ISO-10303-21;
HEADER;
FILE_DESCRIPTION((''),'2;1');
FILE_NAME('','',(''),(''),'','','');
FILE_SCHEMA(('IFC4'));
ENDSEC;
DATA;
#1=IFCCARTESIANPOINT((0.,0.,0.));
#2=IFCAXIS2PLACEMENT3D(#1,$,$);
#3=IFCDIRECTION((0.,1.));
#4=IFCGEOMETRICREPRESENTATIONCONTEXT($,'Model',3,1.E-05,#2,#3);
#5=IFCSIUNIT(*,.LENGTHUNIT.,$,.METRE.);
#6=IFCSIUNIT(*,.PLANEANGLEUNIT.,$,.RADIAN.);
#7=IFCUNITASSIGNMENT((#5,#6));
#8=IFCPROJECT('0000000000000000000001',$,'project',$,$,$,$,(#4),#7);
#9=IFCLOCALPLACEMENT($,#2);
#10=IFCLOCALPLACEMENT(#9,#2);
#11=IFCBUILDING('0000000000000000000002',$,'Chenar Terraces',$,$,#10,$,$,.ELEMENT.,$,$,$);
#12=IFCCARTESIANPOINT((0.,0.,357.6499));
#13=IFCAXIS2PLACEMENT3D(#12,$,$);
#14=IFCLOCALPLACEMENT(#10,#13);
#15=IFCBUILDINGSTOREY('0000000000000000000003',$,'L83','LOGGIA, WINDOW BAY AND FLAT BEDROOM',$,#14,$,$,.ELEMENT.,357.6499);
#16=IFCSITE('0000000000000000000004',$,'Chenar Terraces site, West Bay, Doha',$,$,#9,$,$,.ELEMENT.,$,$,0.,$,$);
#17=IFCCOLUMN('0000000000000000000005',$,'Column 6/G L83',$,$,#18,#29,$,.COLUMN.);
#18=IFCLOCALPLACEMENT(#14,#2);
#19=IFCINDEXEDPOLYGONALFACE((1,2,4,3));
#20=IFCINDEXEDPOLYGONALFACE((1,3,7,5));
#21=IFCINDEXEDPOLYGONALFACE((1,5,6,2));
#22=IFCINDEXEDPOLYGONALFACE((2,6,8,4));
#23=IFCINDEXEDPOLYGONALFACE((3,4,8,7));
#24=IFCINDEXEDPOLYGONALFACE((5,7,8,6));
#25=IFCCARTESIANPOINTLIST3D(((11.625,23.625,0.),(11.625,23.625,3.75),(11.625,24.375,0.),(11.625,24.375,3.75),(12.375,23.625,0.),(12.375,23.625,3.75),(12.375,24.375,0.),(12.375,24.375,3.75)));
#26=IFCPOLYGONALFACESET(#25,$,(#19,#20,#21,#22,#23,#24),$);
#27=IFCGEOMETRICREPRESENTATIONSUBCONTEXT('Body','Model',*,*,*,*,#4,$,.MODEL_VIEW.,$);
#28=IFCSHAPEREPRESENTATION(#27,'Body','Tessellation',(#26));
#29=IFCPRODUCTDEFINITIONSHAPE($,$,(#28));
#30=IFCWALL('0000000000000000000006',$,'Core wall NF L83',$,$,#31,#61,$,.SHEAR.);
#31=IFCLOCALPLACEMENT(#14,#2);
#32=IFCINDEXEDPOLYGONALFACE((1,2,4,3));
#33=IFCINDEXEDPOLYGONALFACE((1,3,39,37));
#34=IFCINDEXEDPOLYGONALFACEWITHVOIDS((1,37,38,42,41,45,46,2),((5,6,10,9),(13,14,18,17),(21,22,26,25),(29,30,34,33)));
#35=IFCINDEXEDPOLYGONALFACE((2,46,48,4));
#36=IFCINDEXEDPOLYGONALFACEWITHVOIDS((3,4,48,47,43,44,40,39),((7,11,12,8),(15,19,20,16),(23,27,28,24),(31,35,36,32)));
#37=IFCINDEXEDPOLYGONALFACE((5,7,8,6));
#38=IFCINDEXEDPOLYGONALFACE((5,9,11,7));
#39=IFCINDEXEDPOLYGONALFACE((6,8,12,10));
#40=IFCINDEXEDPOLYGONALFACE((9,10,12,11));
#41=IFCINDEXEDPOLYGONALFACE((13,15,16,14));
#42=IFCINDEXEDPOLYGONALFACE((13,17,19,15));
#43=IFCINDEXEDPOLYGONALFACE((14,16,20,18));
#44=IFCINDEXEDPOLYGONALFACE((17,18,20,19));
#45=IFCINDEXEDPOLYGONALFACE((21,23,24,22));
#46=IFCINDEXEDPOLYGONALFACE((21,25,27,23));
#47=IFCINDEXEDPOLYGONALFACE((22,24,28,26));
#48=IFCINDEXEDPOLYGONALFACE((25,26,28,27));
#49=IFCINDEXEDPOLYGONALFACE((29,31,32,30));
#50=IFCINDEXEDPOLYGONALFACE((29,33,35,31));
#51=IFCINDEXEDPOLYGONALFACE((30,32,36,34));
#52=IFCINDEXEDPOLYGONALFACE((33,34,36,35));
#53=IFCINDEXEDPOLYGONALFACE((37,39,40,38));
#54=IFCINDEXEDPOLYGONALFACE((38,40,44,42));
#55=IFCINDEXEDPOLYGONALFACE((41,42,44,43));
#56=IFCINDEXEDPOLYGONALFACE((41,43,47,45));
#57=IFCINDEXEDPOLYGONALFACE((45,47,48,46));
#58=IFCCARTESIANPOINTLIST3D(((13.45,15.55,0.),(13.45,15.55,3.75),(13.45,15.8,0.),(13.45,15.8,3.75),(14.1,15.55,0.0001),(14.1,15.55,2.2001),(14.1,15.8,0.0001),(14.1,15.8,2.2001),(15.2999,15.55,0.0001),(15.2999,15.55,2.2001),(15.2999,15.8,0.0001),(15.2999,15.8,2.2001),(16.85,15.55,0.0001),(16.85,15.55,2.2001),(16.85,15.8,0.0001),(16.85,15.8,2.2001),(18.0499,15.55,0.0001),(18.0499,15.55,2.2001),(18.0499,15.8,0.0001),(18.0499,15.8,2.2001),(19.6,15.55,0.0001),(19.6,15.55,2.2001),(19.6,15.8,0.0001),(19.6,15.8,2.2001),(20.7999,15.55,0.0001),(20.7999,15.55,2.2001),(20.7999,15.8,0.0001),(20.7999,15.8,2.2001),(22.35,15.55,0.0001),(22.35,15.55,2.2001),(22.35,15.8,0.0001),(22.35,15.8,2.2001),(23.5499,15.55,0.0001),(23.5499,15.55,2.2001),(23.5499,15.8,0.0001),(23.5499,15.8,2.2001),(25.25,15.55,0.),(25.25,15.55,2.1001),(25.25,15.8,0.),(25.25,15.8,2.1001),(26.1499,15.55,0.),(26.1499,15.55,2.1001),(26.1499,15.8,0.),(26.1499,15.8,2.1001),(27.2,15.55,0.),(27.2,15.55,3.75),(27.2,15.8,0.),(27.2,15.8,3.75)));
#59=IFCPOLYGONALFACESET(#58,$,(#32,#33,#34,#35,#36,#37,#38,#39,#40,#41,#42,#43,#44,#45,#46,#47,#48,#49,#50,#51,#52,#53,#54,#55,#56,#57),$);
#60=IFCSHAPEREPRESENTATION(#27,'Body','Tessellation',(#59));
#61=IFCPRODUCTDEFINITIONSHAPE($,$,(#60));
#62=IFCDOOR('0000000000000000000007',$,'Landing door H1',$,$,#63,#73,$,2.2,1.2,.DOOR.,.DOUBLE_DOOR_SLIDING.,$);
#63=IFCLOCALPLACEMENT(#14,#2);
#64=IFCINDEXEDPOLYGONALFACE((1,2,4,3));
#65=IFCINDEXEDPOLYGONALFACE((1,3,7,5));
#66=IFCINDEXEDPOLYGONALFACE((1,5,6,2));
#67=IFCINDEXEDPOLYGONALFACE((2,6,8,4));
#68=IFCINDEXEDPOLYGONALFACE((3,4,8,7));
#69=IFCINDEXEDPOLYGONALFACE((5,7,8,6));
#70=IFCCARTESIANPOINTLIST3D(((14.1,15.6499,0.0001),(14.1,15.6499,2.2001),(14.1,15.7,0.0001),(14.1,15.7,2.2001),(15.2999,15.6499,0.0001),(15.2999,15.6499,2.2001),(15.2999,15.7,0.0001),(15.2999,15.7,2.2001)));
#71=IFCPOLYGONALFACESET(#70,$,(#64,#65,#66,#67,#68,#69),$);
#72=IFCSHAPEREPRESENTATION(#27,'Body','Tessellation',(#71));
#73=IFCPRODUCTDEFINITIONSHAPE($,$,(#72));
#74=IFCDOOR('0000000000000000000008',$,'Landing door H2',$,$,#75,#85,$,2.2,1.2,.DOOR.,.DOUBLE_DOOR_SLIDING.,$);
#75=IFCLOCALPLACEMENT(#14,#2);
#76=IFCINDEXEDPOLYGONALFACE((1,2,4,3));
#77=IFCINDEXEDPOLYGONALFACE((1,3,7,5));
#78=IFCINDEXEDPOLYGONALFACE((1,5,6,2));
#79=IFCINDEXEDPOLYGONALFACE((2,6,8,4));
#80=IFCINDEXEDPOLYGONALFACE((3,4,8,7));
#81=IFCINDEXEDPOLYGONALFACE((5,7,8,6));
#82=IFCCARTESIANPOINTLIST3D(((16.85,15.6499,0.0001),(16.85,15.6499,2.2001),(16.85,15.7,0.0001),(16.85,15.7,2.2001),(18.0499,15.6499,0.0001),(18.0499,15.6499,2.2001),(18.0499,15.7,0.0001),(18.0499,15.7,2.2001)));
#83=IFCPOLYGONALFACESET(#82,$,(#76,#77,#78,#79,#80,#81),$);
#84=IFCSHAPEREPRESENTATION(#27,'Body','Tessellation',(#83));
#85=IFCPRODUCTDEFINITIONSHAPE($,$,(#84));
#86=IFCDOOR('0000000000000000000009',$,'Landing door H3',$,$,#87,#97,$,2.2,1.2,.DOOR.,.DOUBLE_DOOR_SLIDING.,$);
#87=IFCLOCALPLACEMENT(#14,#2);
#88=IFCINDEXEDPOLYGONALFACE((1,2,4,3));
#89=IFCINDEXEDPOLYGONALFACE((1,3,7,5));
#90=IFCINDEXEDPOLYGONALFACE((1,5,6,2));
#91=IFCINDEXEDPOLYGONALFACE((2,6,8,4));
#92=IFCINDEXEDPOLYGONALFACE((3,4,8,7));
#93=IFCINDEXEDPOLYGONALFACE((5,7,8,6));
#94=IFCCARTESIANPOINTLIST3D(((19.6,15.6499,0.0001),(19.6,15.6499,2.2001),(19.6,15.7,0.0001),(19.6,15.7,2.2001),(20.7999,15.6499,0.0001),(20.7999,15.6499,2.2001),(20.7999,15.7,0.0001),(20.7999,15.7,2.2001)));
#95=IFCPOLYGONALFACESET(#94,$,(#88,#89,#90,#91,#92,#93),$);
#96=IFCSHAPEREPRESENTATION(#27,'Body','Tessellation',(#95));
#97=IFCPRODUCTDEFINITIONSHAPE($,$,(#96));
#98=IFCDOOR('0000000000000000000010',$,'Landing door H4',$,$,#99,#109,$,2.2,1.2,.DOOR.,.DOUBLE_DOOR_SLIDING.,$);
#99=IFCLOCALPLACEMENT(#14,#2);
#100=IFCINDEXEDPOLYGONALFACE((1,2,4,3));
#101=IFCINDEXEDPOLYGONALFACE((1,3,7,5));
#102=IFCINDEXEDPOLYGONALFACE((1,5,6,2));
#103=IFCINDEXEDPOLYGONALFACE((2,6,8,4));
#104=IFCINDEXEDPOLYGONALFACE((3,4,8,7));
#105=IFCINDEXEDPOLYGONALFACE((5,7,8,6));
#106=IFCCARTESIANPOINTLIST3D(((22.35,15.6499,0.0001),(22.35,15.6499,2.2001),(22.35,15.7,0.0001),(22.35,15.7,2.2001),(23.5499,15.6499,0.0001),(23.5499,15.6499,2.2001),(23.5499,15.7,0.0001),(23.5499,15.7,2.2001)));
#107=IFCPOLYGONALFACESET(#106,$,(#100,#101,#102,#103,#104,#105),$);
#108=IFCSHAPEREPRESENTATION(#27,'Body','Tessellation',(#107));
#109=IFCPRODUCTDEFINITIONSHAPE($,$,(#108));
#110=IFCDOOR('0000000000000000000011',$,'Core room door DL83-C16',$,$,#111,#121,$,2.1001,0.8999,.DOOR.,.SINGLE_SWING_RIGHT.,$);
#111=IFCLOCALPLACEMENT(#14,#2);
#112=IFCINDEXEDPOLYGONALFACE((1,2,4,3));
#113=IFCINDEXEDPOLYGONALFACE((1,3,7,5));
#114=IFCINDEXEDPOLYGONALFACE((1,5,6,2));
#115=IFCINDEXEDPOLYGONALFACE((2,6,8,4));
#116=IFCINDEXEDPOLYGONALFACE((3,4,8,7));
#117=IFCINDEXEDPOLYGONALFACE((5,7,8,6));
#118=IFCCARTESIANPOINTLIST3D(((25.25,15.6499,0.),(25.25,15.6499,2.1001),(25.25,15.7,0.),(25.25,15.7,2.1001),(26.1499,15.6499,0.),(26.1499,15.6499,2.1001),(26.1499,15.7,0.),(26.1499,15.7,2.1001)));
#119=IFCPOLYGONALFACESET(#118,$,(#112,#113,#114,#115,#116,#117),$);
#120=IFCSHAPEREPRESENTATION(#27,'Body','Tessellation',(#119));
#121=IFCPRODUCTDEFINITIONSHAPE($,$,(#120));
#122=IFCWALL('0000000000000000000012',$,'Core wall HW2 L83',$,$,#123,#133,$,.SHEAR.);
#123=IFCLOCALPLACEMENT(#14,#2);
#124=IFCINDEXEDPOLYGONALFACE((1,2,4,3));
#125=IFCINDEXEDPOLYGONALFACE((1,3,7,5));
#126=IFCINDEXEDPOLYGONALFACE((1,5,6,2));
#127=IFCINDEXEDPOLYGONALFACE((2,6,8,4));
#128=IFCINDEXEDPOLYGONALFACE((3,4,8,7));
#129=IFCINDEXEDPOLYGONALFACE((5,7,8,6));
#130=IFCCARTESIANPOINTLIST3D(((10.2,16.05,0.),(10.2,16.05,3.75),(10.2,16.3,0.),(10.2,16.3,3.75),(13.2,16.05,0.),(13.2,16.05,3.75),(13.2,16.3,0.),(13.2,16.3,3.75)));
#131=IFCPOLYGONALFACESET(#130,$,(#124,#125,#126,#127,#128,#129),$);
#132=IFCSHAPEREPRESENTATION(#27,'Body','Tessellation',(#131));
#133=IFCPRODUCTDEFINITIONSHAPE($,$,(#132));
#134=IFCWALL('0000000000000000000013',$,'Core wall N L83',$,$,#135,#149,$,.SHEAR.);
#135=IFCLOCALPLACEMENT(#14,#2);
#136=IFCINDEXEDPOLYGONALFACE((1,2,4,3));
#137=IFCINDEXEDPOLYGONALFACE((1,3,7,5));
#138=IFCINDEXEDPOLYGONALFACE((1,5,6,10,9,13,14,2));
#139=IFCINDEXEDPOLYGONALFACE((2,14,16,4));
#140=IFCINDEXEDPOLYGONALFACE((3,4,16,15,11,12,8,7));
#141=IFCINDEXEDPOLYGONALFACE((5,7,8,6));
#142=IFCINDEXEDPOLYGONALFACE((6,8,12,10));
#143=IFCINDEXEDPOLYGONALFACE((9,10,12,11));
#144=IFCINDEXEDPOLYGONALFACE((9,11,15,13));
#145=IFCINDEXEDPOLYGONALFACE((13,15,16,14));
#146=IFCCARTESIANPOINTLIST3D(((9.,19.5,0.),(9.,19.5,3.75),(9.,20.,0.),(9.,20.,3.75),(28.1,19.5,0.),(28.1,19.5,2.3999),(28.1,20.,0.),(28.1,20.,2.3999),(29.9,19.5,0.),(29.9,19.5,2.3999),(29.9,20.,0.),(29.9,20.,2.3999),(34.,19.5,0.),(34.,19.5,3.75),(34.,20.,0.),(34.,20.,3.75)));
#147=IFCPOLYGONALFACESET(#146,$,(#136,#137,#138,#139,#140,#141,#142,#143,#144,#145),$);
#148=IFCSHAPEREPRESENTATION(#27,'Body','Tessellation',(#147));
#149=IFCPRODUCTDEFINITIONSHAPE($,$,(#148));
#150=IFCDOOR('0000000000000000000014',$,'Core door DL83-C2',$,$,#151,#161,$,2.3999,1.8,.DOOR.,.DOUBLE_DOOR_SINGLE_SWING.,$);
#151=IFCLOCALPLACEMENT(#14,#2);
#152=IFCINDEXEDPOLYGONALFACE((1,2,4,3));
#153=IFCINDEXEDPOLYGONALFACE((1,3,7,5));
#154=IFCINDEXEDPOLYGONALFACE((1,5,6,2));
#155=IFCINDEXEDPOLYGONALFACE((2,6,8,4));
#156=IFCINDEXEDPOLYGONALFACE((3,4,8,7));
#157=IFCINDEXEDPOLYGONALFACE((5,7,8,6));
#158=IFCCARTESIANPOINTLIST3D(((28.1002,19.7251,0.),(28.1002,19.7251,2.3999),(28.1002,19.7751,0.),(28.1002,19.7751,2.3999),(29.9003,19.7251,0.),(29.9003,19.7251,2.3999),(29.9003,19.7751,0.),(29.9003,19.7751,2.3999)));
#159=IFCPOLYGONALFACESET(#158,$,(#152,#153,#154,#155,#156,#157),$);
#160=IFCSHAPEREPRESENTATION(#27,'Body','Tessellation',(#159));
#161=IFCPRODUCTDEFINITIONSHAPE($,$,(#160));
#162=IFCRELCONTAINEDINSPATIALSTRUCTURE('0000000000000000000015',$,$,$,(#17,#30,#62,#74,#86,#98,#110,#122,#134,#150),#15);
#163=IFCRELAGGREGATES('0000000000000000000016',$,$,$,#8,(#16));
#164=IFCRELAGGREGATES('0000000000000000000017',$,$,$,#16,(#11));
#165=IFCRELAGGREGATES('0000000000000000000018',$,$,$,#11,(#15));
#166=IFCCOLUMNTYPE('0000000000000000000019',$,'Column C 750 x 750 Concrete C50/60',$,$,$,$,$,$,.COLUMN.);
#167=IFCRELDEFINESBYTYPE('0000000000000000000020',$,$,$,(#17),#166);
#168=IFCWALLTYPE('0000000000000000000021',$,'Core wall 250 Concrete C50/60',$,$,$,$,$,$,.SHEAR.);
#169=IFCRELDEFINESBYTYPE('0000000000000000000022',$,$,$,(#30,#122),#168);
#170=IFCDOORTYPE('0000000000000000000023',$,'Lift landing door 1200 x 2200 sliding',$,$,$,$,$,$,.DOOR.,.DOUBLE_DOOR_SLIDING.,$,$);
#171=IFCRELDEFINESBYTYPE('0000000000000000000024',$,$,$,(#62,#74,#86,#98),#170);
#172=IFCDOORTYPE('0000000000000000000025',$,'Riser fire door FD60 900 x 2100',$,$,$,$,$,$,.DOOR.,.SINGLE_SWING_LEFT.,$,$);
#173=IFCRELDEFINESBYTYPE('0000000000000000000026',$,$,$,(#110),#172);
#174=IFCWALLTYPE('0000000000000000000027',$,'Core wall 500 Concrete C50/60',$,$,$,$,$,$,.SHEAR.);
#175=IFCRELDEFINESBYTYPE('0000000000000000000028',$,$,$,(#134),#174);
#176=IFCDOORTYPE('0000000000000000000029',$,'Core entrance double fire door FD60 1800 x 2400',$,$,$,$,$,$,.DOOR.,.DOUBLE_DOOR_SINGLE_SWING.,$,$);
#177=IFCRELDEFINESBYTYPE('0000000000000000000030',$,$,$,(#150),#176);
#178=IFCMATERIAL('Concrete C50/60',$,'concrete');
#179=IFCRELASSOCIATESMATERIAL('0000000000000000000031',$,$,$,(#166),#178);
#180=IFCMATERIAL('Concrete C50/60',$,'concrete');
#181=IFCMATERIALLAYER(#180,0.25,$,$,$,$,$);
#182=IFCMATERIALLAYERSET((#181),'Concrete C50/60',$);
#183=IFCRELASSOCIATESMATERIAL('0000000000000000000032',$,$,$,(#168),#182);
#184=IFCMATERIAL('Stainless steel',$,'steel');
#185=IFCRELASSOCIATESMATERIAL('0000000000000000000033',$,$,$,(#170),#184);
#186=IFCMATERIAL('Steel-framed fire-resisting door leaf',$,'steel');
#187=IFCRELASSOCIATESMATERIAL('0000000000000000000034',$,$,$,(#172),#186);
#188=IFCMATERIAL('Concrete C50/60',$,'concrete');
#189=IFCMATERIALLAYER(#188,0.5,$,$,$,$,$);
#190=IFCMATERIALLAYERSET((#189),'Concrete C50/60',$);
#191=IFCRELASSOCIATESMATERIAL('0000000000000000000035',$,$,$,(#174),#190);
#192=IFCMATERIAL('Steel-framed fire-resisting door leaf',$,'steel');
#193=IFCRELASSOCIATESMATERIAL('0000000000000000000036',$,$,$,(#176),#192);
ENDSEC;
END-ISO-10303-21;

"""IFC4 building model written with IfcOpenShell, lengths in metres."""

from ifc_helpers import new_model, si_unit, direction, frame, frame_2d, origin, origin_2d, place, context, subcontext, project, spatial, rectangle, extrude, material, layer, layer_set, material_profile, profile_set, type_object, element, fill, save


model = new_model("IFC4")

# Units and contexts
model_context = context("Model", 3, precision=1e-05, world=origin(), true_north=direction((0.0, 1.0)))
body_context = subcontext(model_context, "Body", "Model", "MODEL_VIEW")
ifc_project = project(units=[si_unit("LENGTHUNIT", "METRE"), si_unit("PLANEANGLEUNIT", "RADIAN")], contexts=[model_context])

# Site, building, storey
site_placement = place(None, origin())
site = spatial("IfcSite", under=ifc_project, at=site_placement, Name="Chenar Terraces site, West Bay, Doha", CompositionType="ELEMENT", RefElevation=0.0)
building_placement = place(site_placement, origin())
building = spatial("IfcBuilding", under=site, at=building_placement, Name="Chenar Terraces", CompositionType="ELEMENT")
storey_placement = place(building_placement, frame((0.0, 0.0, 357.6499)))
storey = spatial("IfcBuildingStorey", under=building, at=storey_placement, Name="L83", Description="LOGGIA, WINDOW BAY AND FLAT BEDROOM", CompositionType="ELEMENT", Elevation=357.6499)

# Column
ifc_material_1 = material(Name="Concrete C50/60", Category="concrete")
ifc_material_profile = material_profile(ifc_material_1, rectangle(XDim=0.75, YDim=0.75, at=origin_2d()), Name="C 750 x 750")
ifc_profile_set = profile_set([ifc_material_profile], Name="Concrete C50/60")
column_type = type_object("IfcColumnType", Name="Column C 750 x 750 Concrete C50/60", PredefinedType="COLUMN", material=ifc_profile_set)
column_placement = place(storey_placement, frame((12.0, 24.0, 0.0), z_axis=(0.0, 0.0, 1.0), x_axis=(1.0, 0.0, 0.0)))
element("IfcColumn", 1, at=column_placement, inside=storey, type_object=column_type, Name="Column 6/G L83", PredefinedType="COLUMN", context=body_context, shape_type="SweptSolid", body=[
    extrude(rectangle(XDim=0.75, YDim=0.75, at=origin_2d()), origin(), (0.0, 0.0, 1.0), 3.75),
])

# Wall, openings, doors
ifc_material_2 = material(Name="Concrete C50/60", Category="concrete")
ifc_layer_1 = layer(ifc_material_2, 0.25)
ifc_layer_set_1 = layer_set([ifc_layer_1], Name="Concrete C50/60")
wall_type_1 = type_object("IfcWallType", Name="Core wall 250 Concrete C50/60", PredefinedType="SHEAR", material=ifc_layer_set_1)
wall_1_placement = place(storey_placement, frame((13.45, 15.675, 0.0), z_axis=(0.0, 0.0, 1.0), x_axis=(1.0, 0.0, 0.0)))
wall_1 = element("IfcWall", 2, at=wall_1_placement, inside=storey, type_object=wall_type_1, Name="Core wall NF L83", PredefinedType="SHEAR", context=body_context, shape_type="SweptSolid", body=[
    extrude(rectangle(XDim=13.75, YDim=0.25, at=frame_2d((6.875, 0.0))), origin(), (0.0, 0.0, 1.0), 3.75),
])
opening_1_placement = place(wall_1_placement, frame((0.6499, 0.0, 0.0)))
opening_1 = element("IfcOpeningElement", 3, at=opening_1_placement, cuts=wall_1, PredefinedType="OPENING", context=body_context, shape_type="SweptSolid", body=[
    extrude(rectangle(XDim=1.2, YDim=2.2, at=frame_2d((0.6001, 1.1001))), frame((0.0, 0.135, 0.0), z_axis=(0.0, -1.0, 0.0), x_axis=(1.0, 0.0, 0.0)), (0.0, 0.0, 1.0), 0.27),
])
opening_2_placement = place(wall_1_placement, frame((3.3999, 0.0, 0.0)))
opening_2 = element("IfcOpeningElement", 4, at=opening_2_placement, cuts=wall_1, PredefinedType="OPENING", context=body_context, shape_type="SweptSolid", body=[
    extrude(rectangle(XDim=1.2, YDim=2.2, at=frame_2d((0.6001, 1.1001))), frame((0.0, 0.135, 0.0), z_axis=(0.0, -1.0, 0.0), x_axis=(1.0, 0.0, 0.0)), (0.0, 0.0, 1.0), 0.27),
])
opening_3_placement = place(wall_1_placement, frame((6.1499, 0.0, 0.0)))
opening_3 = element("IfcOpeningElement", 5, at=opening_3_placement, cuts=wall_1, PredefinedType="OPENING", context=body_context, shape_type="SweptSolid", body=[
    extrude(rectangle(XDim=1.2, YDim=2.2, at=frame_2d((0.6001, 1.1001))), frame((0.0, 0.135, 0.0), z_axis=(0.0, -1.0, 0.0), x_axis=(1.0, 0.0, 0.0)), (0.0, 0.0, 1.0), 0.27),
])
opening_4_placement = place(wall_1_placement, frame((8.8999, 0.0, 0.0)))
opening_4 = element("IfcOpeningElement", 6, at=opening_4_placement, cuts=wall_1, PredefinedType="OPENING", context=body_context, shape_type="SweptSolid", body=[
    extrude(rectangle(XDim=1.2, YDim=2.2, at=frame_2d((0.6001, 1.1001))), frame((0.0, 0.135, 0.0), z_axis=(0.0, -1.0, 0.0), x_axis=(1.0, 0.0, 0.0)), (0.0, 0.0, 1.0), 0.27),
])
opening_5_placement = place(wall_1_placement, frame((11.8, 0.0, 0.0)))
opening_5 = element("IfcOpeningElement", 7, at=opening_5_placement, cuts=wall_1, PredefinedType="OPENING", context=body_context, shape_type="SweptSolid", body=[
    extrude(rectangle(XDim=0.8999, YDim=2.1001, at=frame_2d((0.45, 1.05))), frame((0.0, 0.135, 0.0), z_axis=(0.0, -1.0, 0.0), x_axis=(1.0, 0.0, 0.0)), (0.0, 0.0, 1.0), 0.27),
])
ifc_material_3 = material(Name="Stainless steel", Category="steel")
door_type_1 = type_object("IfcDoorType", Name="Lift landing door 1200 x 2200 sliding", OperationType="DOUBLE_DOOR_SLIDING", PredefinedType="DOOR", material=ifc_material_3)
door_1_placement = place(opening_1_placement, origin())
door_1 = element("IfcDoor", 8, at=door_1_placement, inside=storey, type_object=door_type_1, Name="Landing door H1", OperationType="DOUBLE_DOOR_SLIDING", OverallHeight=2.2, OverallWidth=1.2, PredefinedType="DOOR", context=body_context, shape_type="SweptSolid", body=[
    extrude(rectangle(XDim=1.2, YDim=2.2, at=frame_2d((0.6001, 1.1001))), frame((0.0, 0.0249, 0.0), z_axis=(0.0, -1.0, 0.0), x_axis=(1.0, 0.0, 0.0)), (0.0, 0.0, 1.0), 0.05),
])
fill(opening_1, door_1)
door_2_placement = place(opening_2_placement, origin())
door_2 = element("IfcDoor", 9, at=door_2_placement, inside=storey, type_object=door_type_1, Name="Landing door H2", OperationType="DOUBLE_DOOR_SLIDING", OverallHeight=2.2, OverallWidth=1.2, PredefinedType="DOOR", context=body_context, shape_type="SweptSolid", body=[
    extrude(rectangle(XDim=1.2, YDim=2.2, at=frame_2d((0.6001, 1.1001))), frame((0.0, 0.0249, 0.0), z_axis=(0.0, -1.0, 0.0), x_axis=(1.0, 0.0, 0.0)), (0.0, 0.0, 1.0), 0.05),
])
fill(opening_2, door_2)
door_3_placement = place(opening_3_placement, origin())
door_3 = element("IfcDoor", 10, at=door_3_placement, inside=storey, type_object=door_type_1, Name="Landing door H3", OperationType="DOUBLE_DOOR_SLIDING", OverallHeight=2.2, OverallWidth=1.2, PredefinedType="DOOR", context=body_context, shape_type="SweptSolid", body=[
    extrude(rectangle(XDim=1.2, YDim=2.2, at=frame_2d((0.6001, 1.1001))), frame((0.0, 0.0249, 0.0), z_axis=(0.0, -1.0, 0.0), x_axis=(1.0, 0.0, 0.0)), (0.0, 0.0, 1.0), 0.05),
])
fill(opening_3, door_3)
door_4_placement = place(opening_4_placement, origin())
door_4 = element("IfcDoor", 11, at=door_4_placement, inside=storey, type_object=door_type_1, Name="Landing door H4", OperationType="DOUBLE_DOOR_SLIDING", OverallHeight=2.2, OverallWidth=1.2, PredefinedType="DOOR", context=body_context, shape_type="SweptSolid", body=[
    extrude(rectangle(XDim=1.2, YDim=2.2, at=frame_2d((0.6001, 1.1001))), frame((0.0, 0.0249, 0.0), z_axis=(0.0, -1.0, 0.0), x_axis=(1.0, 0.0, 0.0)), (0.0, 0.0, 1.0), 0.05),
])
fill(opening_4, door_4)
ifc_material_4 = material(Name="Steel-framed fire-resisting door leaf", Category="steel")
door_type_2 = type_object("IfcDoorType", Name="Riser fire door FD60 900 x 2100", OperationType="SINGLE_SWING_LEFT", PredefinedType="DOOR", material=ifc_material_4)
door_5_placement = place(opening_5_placement, origin())
door_5 = element("IfcDoor", 12, at=door_5_placement, inside=storey, type_object=door_type_2, Name="Core room door DL83-C16", OperationType="SINGLE_SWING_RIGHT", OverallHeight=2.1001, OverallWidth=0.8999, PredefinedType="DOOR", context=body_context, shape_type="SweptSolid", body=[
    extrude(rectangle(XDim=0.8999, YDim=2.1001, at=frame_2d((0.45, 1.05))), frame((0.0, 0.0249, 0.0), z_axis=(0.0, -1.0, 0.0), x_axis=(1.0, 0.0, 0.0)), (0.0, 0.0, 1.0), 0.05),
])
fill(opening_5, door_5)

# Wall
wall_2_placement = place(storey_placement, frame((10.2, 16.175, 0.0), z_axis=(0.0, 0.0, 1.0), x_axis=(1.0, 0.0, 0.0)))
element("IfcWall", 13, at=wall_2_placement, inside=storey, type_object=wall_type_1, Name="Core wall HW2 L83", PredefinedType="SHEAR", context=body_context, shape_type="SweptSolid", body=[
    extrude(rectangle(XDim=3.0, YDim=0.25, at=frame_2d((1.5, 0.0))), origin(), (0.0, 0.0, 1.0), 3.75),
])

# Wall, opening, door
ifc_material_5 = material(Name="Concrete C50/60", Category="concrete")
ifc_layer_2 = layer(ifc_material_5, 0.5)
ifc_layer_set_2 = layer_set([ifc_layer_2], Name="Concrete C50/60")
wall_type_2 = type_object("IfcWallType", Name="Core wall 500 Concrete C50/60", PredefinedType="SHEAR", material=ifc_layer_set_2)
wall_3_placement = place(storey_placement, frame((9.0, 19.75, 0.0), z_axis=(0.0, 0.0, 1.0), x_axis=(1.0, 0.0, 0.0)))
wall_3 = element("IfcWall", 14, at=wall_3_placement, inside=storey, type_object=wall_type_2, Name="Core wall N L83", PredefinedType="SHEAR", context=body_context, shape_type="SweptSolid", body=[
    extrude(rectangle(XDim=25.0, YDim=0.5, at=frame_2d((12.5, 0.0))), origin(), (0.0, 0.0, 1.0), 3.75),
])
opening_6_placement = place(wall_3_placement, frame((19.1001, 0.0, 0.0)))
opening_6 = element("IfcOpeningElement", 15, at=opening_6_placement, cuts=wall_3, PredefinedType="OPENING", context=body_context, shape_type="SweptSolid", body=[
    extrude(rectangle(XDim=1.8, YDim=2.3999, at=frame_2d((0.8999, 1.2))), frame((0.0, 0.26, 0.0), z_axis=(0.0, -1.0, 0.0), x_axis=(1.0, 0.0, 0.0)), (0.0, 0.0, 1.0), 0.52),
])
ifc_material_6 = material(Name="Steel-framed fire-resisting door leaf", Category="steel")
door_type_3 = type_object("IfcDoorType", Name="Core entrance double fire door FD60 1800 x 2400", OperationType="DOUBLE_DOOR_SINGLE_SWING", PredefinedType="DOOR", material=ifc_material_6)
door_6_placement = place(opening_6_placement, frame((1.8, 0.0, 0.0), z_axis=(0.0, 0.0, 1.0), x_axis=(-1.0, 0.0, 0.0)))
door_6 = element("IfcDoor", 16, at=door_6_placement, inside=storey, type_object=door_type_3, Name="Core door DL83-C2", OperationType="DOUBLE_DOOR_SINGLE_SWING", OverallHeight=2.3999, OverallWidth=1.8, PredefinedType="DOOR", context=body_context, shape_type="SweptSolid", body=[
    extrude(rectangle(XDim=1.8, YDim=2.3999, at=frame_2d((0.8999, 1.2))), frame((0.0, 0.0249, 0.0), z_axis=(0.0, -1.0, 0.0), x_axis=(1.0, 0.0, 0.0)), (0.0, 0.0, 1.0), 0.05),
])
fill(opening_6, door_6)

save(model, "model.ifc")
